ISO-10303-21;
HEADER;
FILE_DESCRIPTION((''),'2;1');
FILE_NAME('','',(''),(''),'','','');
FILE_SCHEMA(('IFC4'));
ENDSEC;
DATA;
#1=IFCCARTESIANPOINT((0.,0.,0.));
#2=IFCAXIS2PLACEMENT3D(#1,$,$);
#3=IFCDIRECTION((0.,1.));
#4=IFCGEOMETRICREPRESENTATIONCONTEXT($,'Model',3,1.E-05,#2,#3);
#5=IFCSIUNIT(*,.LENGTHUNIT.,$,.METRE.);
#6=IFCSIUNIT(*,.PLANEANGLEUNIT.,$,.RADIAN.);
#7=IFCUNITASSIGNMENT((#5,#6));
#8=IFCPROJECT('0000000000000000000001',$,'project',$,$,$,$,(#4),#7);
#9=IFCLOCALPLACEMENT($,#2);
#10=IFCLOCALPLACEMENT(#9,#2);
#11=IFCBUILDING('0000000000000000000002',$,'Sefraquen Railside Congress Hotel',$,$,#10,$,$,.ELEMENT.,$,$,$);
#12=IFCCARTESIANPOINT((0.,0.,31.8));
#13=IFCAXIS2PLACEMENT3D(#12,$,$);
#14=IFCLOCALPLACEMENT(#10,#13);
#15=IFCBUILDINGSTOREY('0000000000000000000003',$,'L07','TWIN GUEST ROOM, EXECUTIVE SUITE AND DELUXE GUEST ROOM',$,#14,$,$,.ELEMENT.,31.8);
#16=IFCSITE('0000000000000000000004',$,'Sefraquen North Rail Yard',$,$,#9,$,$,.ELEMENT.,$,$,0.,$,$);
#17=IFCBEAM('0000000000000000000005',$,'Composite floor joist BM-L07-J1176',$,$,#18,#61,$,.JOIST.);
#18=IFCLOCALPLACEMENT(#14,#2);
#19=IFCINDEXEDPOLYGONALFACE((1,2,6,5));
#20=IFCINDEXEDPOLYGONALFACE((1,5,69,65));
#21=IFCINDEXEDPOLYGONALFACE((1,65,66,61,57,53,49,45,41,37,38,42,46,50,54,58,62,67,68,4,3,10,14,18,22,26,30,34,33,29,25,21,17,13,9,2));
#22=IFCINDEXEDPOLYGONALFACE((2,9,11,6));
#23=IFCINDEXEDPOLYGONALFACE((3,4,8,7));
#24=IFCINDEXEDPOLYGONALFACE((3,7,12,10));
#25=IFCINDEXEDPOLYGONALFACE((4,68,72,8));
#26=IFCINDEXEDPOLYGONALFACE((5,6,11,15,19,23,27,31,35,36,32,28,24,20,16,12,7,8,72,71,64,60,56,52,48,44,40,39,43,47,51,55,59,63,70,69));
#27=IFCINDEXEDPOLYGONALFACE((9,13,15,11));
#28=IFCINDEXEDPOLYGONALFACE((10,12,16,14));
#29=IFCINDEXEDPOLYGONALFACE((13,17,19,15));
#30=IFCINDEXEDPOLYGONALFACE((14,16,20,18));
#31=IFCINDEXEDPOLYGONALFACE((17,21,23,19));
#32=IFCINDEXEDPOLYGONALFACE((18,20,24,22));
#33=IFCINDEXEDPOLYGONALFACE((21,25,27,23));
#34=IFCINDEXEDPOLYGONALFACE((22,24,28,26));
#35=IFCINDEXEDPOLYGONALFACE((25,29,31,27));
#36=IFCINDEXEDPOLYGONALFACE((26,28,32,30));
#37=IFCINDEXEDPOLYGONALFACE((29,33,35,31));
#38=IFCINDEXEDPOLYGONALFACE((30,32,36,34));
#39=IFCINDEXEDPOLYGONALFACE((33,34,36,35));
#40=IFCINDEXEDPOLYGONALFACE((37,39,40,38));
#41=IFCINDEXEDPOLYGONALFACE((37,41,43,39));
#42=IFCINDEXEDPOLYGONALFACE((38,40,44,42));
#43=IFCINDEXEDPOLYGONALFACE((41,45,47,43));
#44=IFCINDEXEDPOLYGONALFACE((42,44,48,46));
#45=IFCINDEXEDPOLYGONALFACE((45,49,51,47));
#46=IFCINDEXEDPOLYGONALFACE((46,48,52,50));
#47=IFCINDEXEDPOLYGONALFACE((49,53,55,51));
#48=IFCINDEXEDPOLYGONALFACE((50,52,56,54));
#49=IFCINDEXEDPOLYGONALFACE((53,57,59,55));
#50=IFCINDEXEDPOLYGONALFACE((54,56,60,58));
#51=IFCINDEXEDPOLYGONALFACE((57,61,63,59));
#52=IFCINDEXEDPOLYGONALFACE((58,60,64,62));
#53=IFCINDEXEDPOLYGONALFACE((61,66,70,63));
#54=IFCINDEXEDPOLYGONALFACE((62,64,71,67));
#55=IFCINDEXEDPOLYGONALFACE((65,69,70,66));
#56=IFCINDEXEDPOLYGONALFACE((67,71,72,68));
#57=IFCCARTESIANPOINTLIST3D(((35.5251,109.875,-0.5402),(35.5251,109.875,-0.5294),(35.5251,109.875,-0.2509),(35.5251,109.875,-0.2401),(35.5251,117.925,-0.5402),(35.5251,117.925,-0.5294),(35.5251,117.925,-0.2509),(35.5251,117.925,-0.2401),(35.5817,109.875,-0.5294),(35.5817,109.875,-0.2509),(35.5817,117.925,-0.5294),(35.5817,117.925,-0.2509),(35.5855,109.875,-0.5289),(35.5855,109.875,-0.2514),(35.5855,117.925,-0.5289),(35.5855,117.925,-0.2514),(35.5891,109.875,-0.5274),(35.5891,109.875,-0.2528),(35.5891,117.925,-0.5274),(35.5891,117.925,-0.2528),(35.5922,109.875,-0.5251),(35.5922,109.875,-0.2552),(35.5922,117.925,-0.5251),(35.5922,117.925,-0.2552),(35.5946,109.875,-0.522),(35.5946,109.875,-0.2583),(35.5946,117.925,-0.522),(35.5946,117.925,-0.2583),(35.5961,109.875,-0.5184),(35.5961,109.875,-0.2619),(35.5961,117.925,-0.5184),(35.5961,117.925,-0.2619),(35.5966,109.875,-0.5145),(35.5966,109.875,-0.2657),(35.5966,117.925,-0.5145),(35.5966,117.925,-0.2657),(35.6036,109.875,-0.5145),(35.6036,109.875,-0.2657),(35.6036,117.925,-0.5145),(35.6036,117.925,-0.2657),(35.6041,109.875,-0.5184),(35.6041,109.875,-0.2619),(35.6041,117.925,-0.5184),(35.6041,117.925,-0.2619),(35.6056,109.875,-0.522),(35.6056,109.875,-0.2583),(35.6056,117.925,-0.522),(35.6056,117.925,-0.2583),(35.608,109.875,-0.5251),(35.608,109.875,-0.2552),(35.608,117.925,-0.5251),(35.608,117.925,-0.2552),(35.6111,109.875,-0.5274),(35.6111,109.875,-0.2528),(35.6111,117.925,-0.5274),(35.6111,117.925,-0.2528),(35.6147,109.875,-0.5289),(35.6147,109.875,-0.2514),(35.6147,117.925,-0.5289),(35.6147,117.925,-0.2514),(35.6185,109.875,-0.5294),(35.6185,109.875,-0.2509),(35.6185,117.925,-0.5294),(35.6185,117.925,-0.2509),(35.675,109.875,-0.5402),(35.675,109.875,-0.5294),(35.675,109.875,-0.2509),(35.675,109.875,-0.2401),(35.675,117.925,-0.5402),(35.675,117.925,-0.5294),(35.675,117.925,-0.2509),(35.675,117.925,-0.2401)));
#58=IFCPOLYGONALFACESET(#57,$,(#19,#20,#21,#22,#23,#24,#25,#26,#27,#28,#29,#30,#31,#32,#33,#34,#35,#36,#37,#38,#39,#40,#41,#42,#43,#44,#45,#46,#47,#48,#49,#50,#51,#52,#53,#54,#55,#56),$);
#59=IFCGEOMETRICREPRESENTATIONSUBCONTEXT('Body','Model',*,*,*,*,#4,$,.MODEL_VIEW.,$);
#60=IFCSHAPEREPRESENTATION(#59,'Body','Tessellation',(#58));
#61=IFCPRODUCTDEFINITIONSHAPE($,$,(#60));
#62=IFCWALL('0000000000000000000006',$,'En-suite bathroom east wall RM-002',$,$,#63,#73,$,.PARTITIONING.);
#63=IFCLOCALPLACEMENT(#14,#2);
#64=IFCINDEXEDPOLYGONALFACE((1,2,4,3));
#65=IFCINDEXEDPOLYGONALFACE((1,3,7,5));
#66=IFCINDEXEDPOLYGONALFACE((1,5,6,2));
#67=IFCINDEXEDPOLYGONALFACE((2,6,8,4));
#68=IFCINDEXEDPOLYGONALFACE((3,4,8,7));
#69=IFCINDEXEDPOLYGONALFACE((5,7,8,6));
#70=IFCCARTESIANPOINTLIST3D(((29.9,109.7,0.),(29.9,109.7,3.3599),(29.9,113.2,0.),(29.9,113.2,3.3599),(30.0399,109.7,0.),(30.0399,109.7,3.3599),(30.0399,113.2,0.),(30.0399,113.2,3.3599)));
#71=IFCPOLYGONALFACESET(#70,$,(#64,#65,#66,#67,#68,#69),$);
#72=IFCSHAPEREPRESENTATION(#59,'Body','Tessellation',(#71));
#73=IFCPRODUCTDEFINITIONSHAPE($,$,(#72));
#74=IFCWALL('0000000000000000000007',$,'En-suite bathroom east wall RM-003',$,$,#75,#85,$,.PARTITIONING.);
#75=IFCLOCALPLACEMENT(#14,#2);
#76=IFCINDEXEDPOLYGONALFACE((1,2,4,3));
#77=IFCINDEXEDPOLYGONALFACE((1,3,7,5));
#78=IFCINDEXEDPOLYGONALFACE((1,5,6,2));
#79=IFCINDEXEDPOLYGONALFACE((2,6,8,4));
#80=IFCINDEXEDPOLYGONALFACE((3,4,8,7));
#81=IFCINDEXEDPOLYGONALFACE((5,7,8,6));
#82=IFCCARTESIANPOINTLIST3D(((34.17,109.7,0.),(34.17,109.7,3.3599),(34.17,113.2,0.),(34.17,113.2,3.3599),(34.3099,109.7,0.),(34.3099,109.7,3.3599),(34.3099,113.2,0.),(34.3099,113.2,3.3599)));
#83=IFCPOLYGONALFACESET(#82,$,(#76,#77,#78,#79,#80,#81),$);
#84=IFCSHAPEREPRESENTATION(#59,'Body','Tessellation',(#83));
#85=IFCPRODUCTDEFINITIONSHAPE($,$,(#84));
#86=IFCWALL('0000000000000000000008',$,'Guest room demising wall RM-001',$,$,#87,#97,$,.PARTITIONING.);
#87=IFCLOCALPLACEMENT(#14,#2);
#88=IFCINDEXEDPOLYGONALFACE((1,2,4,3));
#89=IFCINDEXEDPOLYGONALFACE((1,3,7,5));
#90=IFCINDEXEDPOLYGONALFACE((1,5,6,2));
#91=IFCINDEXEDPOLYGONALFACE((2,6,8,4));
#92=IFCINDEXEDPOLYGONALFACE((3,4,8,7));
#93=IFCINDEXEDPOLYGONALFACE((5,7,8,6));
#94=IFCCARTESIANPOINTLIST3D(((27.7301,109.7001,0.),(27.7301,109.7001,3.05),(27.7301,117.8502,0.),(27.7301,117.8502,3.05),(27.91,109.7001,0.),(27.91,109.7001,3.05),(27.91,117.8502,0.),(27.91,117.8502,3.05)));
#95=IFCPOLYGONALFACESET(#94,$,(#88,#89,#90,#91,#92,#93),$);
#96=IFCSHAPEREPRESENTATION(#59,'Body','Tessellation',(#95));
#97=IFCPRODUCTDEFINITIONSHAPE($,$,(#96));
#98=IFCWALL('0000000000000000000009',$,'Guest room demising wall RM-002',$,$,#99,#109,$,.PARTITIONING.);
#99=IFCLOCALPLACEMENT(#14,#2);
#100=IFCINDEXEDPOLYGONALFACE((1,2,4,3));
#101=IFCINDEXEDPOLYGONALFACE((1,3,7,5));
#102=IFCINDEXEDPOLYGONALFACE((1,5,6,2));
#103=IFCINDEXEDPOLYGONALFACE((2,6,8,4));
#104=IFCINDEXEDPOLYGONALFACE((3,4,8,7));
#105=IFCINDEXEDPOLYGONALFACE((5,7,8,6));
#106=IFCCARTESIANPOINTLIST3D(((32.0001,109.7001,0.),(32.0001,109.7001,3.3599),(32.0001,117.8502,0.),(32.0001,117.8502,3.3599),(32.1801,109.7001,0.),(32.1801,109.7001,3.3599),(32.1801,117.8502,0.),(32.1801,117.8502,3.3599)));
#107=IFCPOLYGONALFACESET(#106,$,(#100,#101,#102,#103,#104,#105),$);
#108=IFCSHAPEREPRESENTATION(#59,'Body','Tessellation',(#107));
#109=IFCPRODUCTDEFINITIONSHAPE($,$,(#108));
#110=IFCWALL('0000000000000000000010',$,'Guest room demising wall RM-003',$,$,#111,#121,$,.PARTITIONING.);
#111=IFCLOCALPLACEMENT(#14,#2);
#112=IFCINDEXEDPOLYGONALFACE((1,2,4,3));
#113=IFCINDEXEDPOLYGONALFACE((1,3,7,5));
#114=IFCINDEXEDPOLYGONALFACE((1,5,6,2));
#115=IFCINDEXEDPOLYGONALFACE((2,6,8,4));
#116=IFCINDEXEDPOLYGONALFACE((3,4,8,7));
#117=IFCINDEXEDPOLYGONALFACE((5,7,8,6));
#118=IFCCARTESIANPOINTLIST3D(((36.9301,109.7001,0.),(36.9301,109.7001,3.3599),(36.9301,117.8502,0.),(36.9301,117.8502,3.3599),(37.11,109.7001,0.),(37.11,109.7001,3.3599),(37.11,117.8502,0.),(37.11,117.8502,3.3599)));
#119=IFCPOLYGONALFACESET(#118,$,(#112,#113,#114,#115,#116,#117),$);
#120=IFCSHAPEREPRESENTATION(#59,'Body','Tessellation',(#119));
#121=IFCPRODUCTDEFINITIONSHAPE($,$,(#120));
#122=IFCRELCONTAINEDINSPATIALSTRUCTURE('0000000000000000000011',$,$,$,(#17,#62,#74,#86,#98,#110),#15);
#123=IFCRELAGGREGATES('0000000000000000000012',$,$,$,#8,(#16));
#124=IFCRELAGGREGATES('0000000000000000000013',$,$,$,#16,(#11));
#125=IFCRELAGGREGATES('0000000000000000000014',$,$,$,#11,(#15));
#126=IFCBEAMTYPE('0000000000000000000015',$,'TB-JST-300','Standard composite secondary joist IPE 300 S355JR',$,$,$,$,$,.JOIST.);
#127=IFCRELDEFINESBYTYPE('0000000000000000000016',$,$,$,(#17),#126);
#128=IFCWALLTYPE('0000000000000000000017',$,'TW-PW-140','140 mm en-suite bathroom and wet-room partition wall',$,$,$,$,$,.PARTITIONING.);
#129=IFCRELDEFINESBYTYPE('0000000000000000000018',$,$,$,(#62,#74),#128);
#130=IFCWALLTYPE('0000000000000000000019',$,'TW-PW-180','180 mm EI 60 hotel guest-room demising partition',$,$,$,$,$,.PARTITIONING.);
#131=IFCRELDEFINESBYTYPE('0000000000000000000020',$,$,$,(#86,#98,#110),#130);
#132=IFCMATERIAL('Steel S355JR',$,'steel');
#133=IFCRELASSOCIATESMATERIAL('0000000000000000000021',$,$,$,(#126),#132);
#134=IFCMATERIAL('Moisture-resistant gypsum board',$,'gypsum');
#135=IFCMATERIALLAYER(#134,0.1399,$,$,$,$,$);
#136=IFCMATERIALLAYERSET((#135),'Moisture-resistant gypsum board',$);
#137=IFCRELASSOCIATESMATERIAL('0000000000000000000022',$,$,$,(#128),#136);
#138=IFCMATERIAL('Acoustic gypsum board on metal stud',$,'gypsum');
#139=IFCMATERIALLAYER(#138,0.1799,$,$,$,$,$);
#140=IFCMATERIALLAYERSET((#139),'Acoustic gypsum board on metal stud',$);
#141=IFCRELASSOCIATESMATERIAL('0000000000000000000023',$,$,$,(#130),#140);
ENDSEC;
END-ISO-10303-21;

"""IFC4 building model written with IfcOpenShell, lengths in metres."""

from ifc_helpers import new_model, si_unit, direction, frame, frame_2d, origin, origin_2d, place, context, subcontext, project, spatial, rectangle, i_section, extrude, material, layer, layer_set, material_profile, profile_set, type_object, element, save


model = new_model("IFC4")

# Units and contexts
model_context = context("Model", 3, precision=1e-05, world=origin(), true_north=direction((0.0, 1.0)))
body_context = subcontext(model_context, "Body", "Model", "MODEL_VIEW")
ifc_project = project(units=[si_unit("LENGTHUNIT", "METRE"), si_unit("PLANEANGLEUNIT", "RADIAN")], contexts=[model_context])

# Site, building, storey
site_placement = place(None, origin())
site = spatial("IfcSite", under=ifc_project, at=site_placement, Name="Sefraquen North Rail Yard", CompositionType="ELEMENT", RefElevation=0.0)
building_placement = place(site_placement, origin())
building = spatial("IfcBuilding", under=site, at=building_placement, Name="Sefraquen Railside Congress Hotel", CompositionType="ELEMENT")
storey_placement = place(building_placement, frame((0.0, 0.0, 31.8)))
storey = spatial("IfcBuildingStorey", under=building, at=storey_placement, Name="L07", Description="TWIN GUEST ROOM, EXECUTIVE SUITE AND DELUXE GUEST ROOM", CompositionType="ELEMENT", Elevation=31.8)

# Shared definitions
ifc_material_1 = material(Name="Steel S355JR", Category="steel")

# Beam
ifc_material_profile_1 = material_profile(ifc_material_1, i_section(OverallWidth=0.1499, OverallDepth=0.3, WebThickness=0.0071, FlangeThickness=0.0107, FilletRadius=0.0149, at=origin_2d()), Name="IPE 300")
ifc_profile_set_1 = profile_set([ifc_material_profile_1], Name="Steel S355JR")
beam_type_1 = type_object("IfcBeamType", Name="TB-JST-300", Description="Standard composite secondary joist IPE 300 S355JR", PredefinedType="JOIST", material=ifc_profile_set_1)
for number, where, z_axis, x_axis, name in (
    (1, (35.6001, 109.875, -0.3901), (0.0, 1.0, 0.0), (-1.0, 0.0, 0.0), "Composite floor joist BM-L07-J1176"),
):
    element("IfcBeam", number, at=place(storey_placement, frame(where, z_axis=z_axis, x_axis=x_axis)), inside=storey, type_object=beam_type_1, Name=name, PredefinedType="JOIST", context=body_context, shape_type="SweptSolid", body=[
        extrude(i_section(OverallWidth=0.1499, OverallDepth=0.3, WebThickness=0.0071, FlangeThickness=0.0107, FilletRadius=0.0149, at=origin_2d()), origin(), (0.0, 0.0, 1.0), 8.05),
    ])

# Wall
ifc_material_2 = material(Name="Moisture-resistant gypsum board", Category="gypsum")
ifc_layer_1 = layer(ifc_material_2, 0.1399)
ifc_layer_set_1 = layer_set([ifc_layer_1], Name="Moisture-resistant gypsum board")
wall_type_1 = type_object("IfcWallType", Name="TW-PW-140", Description="140 mm en-suite bathroom and wet-room partition wall", PredefinedType="PARTITIONING", material=ifc_layer_set_1)
wall_1_placement = place(storey_placement, frame((29.97, 109.7, 0.0), z_axis=(0.0, 0.0, 1.0), x_axis=(0.0, 1.0, 0.0)))
element("IfcWall", 2, at=wall_1_placement, inside=storey, type_object=wall_type_1, Name="En-suite bathroom east wall RM-002", PredefinedType="PARTITIONING", context=body_context, shape_type="SweptSolid", body=[
    extrude(rectangle(XDim=3.5, YDim=0.1399, at=frame_2d((1.75, 0.0))), origin(), (0.0, 0.0, 1.0), 3.3599),
])

# Wall
wall_2_placement = place(storey_placement, frame((34.24, 109.7, 0.0), z_axis=(0.0, 0.0, 1.0), x_axis=(0.0, 1.0, 0.0)))
element("IfcWall", 3, at=wall_2_placement, inside=storey, type_object=wall_type_1, Name="En-suite bathroom east wall RM-003", PredefinedType="PARTITIONING", context=body_context, shape_type="SweptSolid", body=[
    extrude(rectangle(XDim=3.5, YDim=0.1399, at=frame_2d((1.75, 0.0))), origin(), (0.0, 0.0, 1.0), 3.3599),
])

# Walls
ifc_material_3 = material(Name="Acoustic gypsum board on metal stud", Category="gypsum")
ifc_layer_2 = layer(ifc_material_3, 0.1799)
ifc_layer_set_2 = layer_set([ifc_layer_2], Name="Acoustic gypsum board on metal stud")
wall_type_2 = type_object("IfcWallType", Name="TW-PW-180", Description="180 mm EI 60 hotel guest-room demising partition", PredefinedType="PARTITIONING", material=ifc_layer_set_2)
wall_3_placement = place(storey_placement, frame((27.8201, 109.7, 0.0), z_axis=(0.0, 0.0, 1.0), x_axis=(0.0, 1.0, 0.0)))
element("IfcWall", 4, at=wall_3_placement, inside=storey, type_object=wall_type_2, Name="Guest room demising wall RM-001", PredefinedType="PARTITIONING", context=body_context, shape_type="SweptSolid", body=[
    extrude(rectangle(XDim=8.1501, YDim=0.1799, at=frame_2d((4.0752, 0.0))), origin(), (0.0, 0.0, 1.0), 3.05),
])
for number, where, z_axis, x_axis, name in (
    (5, (32.0901, 109.7, 0.0), (0.0, 0.0, 1.0), (0.0, 1.0, 0.0), "Guest room demising wall RM-002"),
    (6, (37.02, 109.7, 0.0), (0.0, 0.0, 1.0), (0.0, 1.0, 0.0), "Guest room demising wall RM-003"),
):
    element("IfcWall", number, at=place(storey_placement, frame(where, z_axis=z_axis, x_axis=x_axis)), inside=storey, type_object=wall_type_2, Name=name, PredefinedType="PARTITIONING", context=body_context, shape_type="SweptSolid", body=[
        extrude(rectangle(XDim=8.1501, YDim=0.1799, at=frame_2d((4.0752, 0.0))), origin(), (0.0, 0.0, 1.0), 3.3599),
    ])

save(model, "model.ifc")
